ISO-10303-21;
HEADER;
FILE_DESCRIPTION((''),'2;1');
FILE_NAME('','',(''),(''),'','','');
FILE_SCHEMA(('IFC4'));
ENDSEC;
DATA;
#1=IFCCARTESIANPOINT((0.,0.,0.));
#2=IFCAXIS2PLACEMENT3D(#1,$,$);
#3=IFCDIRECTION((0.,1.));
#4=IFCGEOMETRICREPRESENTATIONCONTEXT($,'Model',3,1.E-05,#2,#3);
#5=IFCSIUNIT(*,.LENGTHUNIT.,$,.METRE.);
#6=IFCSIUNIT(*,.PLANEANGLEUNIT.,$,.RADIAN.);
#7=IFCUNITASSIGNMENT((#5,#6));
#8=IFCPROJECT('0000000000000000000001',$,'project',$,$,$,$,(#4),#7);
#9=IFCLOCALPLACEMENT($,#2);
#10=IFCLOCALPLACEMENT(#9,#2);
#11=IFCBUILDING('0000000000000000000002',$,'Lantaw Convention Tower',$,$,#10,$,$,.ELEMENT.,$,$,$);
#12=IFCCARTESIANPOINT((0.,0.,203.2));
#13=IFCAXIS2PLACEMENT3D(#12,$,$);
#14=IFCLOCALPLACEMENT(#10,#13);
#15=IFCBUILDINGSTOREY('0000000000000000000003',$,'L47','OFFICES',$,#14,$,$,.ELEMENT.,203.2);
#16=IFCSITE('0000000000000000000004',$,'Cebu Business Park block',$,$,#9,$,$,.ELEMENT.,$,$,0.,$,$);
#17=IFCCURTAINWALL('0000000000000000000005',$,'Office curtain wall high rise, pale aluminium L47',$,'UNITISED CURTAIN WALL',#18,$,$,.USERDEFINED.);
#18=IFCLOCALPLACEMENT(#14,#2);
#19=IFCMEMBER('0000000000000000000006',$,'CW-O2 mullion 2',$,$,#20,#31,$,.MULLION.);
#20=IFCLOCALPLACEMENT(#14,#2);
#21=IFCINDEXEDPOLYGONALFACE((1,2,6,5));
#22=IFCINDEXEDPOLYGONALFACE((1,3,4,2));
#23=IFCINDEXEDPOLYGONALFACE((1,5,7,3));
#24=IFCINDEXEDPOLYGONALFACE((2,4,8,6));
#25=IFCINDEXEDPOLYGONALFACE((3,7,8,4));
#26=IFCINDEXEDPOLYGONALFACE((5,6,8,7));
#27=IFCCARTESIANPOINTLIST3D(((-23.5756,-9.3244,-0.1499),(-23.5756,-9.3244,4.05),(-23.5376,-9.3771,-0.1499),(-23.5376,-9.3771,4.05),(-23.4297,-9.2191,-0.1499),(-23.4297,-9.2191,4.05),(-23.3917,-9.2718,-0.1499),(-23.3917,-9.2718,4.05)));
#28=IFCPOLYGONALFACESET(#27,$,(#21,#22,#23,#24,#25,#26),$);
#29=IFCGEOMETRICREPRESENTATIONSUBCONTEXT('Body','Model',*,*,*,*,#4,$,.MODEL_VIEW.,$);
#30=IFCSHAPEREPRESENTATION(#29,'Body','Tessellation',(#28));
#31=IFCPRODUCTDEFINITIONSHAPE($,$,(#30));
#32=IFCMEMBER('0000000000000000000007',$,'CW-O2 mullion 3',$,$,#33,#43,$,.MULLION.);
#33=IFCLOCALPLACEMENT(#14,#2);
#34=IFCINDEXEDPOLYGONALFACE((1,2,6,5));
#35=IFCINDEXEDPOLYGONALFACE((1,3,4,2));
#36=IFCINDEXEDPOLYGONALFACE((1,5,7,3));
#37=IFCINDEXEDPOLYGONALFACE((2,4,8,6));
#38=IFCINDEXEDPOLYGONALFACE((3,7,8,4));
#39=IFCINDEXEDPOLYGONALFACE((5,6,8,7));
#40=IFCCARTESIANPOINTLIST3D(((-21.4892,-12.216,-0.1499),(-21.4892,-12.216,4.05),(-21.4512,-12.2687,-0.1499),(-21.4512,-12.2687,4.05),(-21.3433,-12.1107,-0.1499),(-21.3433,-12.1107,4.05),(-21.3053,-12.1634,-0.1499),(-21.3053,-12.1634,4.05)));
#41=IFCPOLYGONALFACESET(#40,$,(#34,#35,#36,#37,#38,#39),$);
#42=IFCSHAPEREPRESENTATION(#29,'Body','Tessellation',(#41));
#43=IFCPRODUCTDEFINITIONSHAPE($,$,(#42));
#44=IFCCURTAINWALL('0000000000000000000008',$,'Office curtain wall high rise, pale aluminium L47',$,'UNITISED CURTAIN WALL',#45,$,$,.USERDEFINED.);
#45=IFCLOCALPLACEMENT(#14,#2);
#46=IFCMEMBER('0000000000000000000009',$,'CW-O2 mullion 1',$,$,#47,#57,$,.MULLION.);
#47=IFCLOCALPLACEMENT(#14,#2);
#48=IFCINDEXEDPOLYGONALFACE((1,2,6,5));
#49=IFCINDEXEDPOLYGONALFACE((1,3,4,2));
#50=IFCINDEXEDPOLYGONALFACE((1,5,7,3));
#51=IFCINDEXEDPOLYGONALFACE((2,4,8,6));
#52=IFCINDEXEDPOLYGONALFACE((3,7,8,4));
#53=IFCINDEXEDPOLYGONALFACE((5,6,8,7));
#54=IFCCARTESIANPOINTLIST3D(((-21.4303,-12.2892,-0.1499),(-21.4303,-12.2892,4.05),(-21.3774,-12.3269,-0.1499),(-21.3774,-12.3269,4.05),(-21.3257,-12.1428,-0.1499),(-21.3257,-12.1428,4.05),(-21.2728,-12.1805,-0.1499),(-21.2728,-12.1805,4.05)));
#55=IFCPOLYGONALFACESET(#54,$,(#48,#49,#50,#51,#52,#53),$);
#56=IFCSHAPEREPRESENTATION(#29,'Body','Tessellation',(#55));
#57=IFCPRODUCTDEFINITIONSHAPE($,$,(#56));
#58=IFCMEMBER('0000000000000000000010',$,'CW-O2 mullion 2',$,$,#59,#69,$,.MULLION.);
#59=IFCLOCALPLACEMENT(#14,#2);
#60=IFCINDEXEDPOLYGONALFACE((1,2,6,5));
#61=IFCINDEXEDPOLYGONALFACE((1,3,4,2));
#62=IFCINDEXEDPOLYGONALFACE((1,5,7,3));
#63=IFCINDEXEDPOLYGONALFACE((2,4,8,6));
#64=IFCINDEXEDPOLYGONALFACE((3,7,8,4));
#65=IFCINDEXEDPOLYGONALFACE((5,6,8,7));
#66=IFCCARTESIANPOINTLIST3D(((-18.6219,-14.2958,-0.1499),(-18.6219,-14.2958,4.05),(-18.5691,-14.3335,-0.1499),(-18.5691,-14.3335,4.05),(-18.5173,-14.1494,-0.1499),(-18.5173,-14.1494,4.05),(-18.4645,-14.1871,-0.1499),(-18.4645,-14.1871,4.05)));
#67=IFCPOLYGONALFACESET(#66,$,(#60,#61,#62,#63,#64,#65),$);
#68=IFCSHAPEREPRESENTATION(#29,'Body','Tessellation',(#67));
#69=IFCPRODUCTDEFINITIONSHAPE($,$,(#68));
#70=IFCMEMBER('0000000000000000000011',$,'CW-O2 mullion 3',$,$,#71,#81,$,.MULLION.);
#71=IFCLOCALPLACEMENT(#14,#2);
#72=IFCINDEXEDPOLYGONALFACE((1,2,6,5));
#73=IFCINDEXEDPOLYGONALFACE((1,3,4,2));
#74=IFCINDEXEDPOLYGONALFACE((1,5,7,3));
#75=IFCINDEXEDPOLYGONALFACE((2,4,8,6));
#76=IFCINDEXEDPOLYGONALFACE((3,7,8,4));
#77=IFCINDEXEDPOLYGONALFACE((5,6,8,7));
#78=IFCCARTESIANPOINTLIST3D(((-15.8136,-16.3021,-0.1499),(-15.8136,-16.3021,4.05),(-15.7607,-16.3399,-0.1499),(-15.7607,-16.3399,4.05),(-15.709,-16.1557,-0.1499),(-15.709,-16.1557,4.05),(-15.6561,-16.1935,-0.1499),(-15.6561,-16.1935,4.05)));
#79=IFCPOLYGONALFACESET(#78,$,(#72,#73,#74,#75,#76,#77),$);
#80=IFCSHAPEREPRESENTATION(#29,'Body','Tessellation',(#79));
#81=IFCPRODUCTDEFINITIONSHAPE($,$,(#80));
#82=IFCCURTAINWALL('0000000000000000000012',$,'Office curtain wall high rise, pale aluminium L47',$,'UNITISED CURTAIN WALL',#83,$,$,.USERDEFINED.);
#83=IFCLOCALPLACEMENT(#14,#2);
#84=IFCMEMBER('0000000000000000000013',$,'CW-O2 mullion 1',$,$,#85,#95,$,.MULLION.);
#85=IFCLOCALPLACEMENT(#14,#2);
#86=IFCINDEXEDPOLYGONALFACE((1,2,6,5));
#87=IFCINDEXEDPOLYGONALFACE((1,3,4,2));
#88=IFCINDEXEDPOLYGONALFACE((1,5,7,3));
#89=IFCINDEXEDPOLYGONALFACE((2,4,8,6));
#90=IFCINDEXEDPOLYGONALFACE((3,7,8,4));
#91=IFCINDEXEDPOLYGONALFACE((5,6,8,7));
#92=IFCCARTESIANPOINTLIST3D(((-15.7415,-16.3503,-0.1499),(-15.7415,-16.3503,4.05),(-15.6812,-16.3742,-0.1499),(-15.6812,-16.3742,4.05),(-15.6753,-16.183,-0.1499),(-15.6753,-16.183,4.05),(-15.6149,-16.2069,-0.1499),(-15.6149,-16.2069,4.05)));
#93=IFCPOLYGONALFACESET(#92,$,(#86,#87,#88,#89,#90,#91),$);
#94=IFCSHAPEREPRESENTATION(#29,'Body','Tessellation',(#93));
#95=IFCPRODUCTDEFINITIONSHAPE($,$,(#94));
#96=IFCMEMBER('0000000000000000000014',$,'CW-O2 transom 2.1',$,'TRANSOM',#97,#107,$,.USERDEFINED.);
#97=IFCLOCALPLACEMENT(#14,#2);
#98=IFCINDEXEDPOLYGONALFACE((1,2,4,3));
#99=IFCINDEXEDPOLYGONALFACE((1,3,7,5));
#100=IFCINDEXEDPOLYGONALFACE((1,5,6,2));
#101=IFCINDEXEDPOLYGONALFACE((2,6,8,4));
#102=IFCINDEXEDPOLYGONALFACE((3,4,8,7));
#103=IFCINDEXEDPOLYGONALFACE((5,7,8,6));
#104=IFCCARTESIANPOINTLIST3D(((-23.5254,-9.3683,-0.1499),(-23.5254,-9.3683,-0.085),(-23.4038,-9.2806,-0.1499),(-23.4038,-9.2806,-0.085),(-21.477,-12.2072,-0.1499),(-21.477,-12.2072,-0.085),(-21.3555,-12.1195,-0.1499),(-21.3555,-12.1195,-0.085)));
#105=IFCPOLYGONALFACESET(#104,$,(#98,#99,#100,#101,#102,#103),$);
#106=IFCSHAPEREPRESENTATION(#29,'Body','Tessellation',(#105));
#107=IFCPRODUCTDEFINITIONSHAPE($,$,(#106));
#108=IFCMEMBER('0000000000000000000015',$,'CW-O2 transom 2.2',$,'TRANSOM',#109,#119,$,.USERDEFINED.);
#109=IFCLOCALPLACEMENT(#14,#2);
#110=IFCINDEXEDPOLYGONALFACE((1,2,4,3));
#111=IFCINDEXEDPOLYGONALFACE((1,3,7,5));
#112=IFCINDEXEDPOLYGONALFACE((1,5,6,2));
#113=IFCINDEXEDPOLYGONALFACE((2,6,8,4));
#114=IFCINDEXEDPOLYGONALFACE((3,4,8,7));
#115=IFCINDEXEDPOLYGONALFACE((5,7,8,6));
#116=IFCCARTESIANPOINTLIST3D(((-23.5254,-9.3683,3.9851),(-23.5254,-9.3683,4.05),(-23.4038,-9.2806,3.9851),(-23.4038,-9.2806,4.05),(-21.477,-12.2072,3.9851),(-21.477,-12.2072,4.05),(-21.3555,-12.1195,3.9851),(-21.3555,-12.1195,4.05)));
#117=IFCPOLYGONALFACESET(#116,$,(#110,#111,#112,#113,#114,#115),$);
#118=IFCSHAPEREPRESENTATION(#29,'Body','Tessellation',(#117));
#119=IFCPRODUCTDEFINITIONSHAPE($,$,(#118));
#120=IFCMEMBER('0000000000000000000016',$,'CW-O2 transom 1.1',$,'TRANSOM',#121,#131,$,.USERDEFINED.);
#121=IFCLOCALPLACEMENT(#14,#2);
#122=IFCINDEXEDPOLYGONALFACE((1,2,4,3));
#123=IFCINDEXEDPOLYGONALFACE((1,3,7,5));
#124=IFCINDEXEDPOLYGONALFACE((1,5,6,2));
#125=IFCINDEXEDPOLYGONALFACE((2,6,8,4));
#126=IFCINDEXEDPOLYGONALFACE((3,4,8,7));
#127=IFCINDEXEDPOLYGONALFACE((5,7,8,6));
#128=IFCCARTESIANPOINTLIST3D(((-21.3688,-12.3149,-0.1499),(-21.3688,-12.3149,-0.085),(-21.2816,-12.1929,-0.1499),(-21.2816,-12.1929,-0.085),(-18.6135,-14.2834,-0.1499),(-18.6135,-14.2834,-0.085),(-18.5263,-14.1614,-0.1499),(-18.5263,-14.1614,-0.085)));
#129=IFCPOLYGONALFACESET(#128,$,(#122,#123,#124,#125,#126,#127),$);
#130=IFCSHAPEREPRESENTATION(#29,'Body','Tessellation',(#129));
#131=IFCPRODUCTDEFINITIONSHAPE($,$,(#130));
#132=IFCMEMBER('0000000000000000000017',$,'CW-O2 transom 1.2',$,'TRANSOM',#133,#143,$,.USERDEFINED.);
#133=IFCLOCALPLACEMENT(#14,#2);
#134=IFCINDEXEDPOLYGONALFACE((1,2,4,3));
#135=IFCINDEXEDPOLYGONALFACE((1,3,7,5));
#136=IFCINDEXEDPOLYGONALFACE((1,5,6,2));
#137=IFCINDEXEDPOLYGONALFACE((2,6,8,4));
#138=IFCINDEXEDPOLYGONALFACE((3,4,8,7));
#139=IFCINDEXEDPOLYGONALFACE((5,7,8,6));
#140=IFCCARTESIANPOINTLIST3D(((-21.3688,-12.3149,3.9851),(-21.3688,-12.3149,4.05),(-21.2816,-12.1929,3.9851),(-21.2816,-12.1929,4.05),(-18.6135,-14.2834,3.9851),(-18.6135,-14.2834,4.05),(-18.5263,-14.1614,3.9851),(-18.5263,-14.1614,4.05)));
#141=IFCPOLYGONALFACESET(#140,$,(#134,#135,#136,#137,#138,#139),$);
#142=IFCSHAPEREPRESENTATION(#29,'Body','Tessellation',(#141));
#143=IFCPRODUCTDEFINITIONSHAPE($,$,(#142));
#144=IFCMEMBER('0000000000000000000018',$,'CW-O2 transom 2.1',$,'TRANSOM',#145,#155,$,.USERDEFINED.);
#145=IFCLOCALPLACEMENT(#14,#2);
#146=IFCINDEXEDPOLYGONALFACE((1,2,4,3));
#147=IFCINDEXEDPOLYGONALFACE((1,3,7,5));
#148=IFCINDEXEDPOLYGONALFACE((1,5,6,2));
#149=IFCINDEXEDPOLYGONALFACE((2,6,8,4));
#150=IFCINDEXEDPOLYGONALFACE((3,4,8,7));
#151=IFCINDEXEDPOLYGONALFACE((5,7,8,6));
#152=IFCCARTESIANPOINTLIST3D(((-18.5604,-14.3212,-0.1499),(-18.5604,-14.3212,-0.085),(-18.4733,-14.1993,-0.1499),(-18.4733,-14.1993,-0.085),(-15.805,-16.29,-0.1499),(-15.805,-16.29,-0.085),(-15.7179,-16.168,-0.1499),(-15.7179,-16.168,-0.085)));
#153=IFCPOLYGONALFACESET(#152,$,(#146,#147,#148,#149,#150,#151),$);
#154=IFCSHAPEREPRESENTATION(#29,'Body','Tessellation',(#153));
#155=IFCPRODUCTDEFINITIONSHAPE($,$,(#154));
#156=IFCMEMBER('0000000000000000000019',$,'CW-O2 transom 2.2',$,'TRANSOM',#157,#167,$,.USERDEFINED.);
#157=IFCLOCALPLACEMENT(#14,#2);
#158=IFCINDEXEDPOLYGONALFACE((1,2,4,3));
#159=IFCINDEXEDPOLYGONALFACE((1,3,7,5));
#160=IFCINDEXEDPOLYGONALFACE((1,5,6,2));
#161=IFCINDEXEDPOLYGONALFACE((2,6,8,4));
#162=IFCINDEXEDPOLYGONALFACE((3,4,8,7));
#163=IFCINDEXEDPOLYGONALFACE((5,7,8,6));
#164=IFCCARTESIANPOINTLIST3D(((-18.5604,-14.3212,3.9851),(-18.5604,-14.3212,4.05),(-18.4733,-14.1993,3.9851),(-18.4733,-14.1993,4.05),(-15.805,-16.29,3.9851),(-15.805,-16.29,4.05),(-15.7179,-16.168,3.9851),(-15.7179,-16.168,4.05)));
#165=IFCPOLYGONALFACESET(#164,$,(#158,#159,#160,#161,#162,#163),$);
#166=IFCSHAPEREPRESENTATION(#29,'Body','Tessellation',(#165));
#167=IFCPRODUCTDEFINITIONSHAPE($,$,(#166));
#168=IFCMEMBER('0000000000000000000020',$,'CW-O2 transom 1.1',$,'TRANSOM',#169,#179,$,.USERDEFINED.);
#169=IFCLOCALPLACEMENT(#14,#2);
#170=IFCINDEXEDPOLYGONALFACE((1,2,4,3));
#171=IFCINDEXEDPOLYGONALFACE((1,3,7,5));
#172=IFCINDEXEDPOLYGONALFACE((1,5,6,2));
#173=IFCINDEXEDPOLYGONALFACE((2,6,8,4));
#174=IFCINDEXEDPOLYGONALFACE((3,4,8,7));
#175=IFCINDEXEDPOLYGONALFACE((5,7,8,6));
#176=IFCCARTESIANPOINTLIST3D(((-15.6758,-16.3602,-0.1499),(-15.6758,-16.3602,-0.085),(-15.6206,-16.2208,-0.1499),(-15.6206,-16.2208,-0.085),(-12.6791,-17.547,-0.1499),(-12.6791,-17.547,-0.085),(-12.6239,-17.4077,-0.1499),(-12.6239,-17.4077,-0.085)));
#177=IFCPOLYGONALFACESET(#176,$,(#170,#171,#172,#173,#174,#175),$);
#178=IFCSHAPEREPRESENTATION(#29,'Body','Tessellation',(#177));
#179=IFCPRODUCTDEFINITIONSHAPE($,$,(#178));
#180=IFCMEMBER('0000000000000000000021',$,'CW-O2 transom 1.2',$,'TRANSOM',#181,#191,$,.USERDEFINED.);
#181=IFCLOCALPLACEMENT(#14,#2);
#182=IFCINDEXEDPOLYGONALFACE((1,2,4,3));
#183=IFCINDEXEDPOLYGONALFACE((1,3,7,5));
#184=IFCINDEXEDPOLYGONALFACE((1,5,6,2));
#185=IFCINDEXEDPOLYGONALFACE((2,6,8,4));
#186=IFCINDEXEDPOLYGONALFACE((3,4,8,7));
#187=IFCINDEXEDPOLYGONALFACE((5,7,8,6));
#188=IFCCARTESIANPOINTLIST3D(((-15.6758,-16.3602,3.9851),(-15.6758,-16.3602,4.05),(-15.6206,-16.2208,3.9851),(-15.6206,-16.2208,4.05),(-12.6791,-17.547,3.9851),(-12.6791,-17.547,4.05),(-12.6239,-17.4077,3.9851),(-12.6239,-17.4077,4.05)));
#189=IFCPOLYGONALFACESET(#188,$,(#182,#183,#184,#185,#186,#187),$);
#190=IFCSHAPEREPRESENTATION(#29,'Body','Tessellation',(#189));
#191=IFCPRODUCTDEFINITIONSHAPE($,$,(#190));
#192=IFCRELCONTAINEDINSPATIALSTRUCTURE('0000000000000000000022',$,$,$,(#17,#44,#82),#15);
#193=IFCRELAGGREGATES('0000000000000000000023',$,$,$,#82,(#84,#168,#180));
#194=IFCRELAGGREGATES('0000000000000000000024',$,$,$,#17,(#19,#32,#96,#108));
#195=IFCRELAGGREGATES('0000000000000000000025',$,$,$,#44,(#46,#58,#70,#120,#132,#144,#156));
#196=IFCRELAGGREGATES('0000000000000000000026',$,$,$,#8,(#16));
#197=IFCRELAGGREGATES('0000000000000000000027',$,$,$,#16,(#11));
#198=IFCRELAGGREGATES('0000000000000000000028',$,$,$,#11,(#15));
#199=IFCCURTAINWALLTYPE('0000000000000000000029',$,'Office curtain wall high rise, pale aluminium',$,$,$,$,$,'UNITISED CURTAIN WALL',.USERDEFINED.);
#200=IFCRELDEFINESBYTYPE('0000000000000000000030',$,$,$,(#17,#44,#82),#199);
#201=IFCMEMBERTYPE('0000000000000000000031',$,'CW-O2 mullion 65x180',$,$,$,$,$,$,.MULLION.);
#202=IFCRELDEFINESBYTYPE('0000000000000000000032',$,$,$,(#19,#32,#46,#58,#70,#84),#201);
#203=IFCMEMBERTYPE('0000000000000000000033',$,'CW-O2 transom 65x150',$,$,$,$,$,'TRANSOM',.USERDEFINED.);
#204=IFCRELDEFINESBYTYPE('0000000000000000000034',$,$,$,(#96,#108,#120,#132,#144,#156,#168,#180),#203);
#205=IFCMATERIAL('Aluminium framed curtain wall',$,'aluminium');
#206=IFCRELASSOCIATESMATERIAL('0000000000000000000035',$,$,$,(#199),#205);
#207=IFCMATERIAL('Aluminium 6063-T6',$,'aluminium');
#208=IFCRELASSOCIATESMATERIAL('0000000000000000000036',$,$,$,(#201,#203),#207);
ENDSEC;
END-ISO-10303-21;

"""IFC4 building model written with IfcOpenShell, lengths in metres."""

from ifc_helpers import new_model, si_unit, direction, frame, origin, origin_2d, place, context, subcontext, project, spatial, rectangle, extrude, material, material_profile, profile_set, type_object, element, aggregate, save


model = new_model("IFC4")

# Units and contexts
model_context = context("Model", 3, precision=1e-05, world=origin(), true_north=direction((0.0, 1.0)))
body_context = subcontext(model_context, "Body", "Model", "MODEL_VIEW")
ifc_project = project(units=[si_unit("LENGTHUNIT", "METRE"), si_unit("PLANEANGLEUNIT", "RADIAN")], contexts=[model_context])

# Site, building, storey
site_placement = place(None, origin())
site = spatial("IfcSite", under=ifc_project, at=site_placement, Name="Cebu Business Park block", CompositionType="ELEMENT", RefElevation=0.0)
building_placement = place(site_placement, origin())
building = spatial("IfcBuilding", under=site, at=building_placement, Name="Lantaw Convention Tower", CompositionType="ELEMENT")
storey_placement = place(building_placement, frame((0.0, 0.0, 203.2)))
storey = spatial("IfcBuildingStorey", under=building, at=storey_placement, Name="L47", Description="OFFICES", CompositionType="ELEMENT", Elevation=203.2)

# Curtain walls, members
ifc_material_1 = material(Name="Aluminium framed curtain wall", Category="aluminium")
curtain_wall_type = type_object("IfcCurtainWallType", Name="Office curtain wall high rise, pale aluminium", ElementType="UNITISED CURTAIN WALL", PredefinedType="USERDEFINED", material=ifc_material_1)
curtain_wall_1_placement = place(storey_placement, origin())
curtain_wall_1 = element("IfcCurtainWall", 1, at=curtain_wall_1_placement, inside=storey, type_object=curtain_wall_type, Name="Office curtain wall high rise, pale aluminium L47", ObjectType="UNITISED CURTAIN WALL", PredefinedType="USERDEFINED")
ifc_material_2 = material(Name="Aluminium 6063-T6", Category="aluminium")
ifc_material_profile_1 = material_profile(ifc_material_2, rectangle(XDim=0.1799, YDim=0.0649, at=origin_2d()), Name="CW-O2 mullion 65x180")
ifc_profile_set_1 = profile_set([ifc_material_profile_1], Name="Aluminium 6063-T6")
member_type_1 = type_object("IfcMemberType", Name="CW-O2 mullion 65x180", PredefinedType="MULLION", material=ifc_profile_set_1)
member_1_placement = place(storey_placement, frame((-23.4836, -9.2981, -0.1499), z_axis=(0.0, 0.0, 1.0), x_axis=(0.81092, 0.585158, 0.0)))
member_1 = element("IfcMember", 2, at=member_1_placement, type_object=member_type_1, Name="CW-O2 mullion 2", PredefinedType="MULLION", context=body_context, shape_type="SweptSolid", body=[
    extrude(rectangle(XDim=0.1799, YDim=0.0649, at=origin_2d()), origin(), (0.0, 0.0, 1.0), 4.2),
])
member_2_placement = place(storey_placement, frame((-21.3972, -12.1897, -0.1499), z_axis=(0.0, 0.0, 1.0), x_axis=(0.81092, 0.585158, 0.0)))
member_2 = element("IfcMember", 3, at=member_2_placement, type_object=member_type_1, Name="CW-O2 mullion 3", PredefinedType="MULLION", context=body_context, shape_type="SweptSolid", body=[
    extrude(rectangle(XDim=0.1799, YDim=0.0649, at=origin_2d()), origin(), (0.0, 0.0, 1.0), 4.2),
])
curtain_wall_2_placement = place(storey_placement, origin())
curtain_wall_2 = element("IfcCurtainWall", 4, at=curtain_wall_2_placement, inside=storey, type_object=curtain_wall_type, Name="Office curtain wall high rise, pale aluminium L47", ObjectType="UNITISED CURTAIN WALL", PredefinedType="USERDEFINED")
member_3_placement = place(storey_placement, frame((-21.3516, -12.2349, -0.1499), z_axis=(0.0, 0.0, 1.0), x_axis=(0.581323, 0.813673, 0.0)))
member_3 = element("IfcMember", 5, at=member_3_placement, type_object=member_type_1, Name="CW-O2 mullion 1", PredefinedType="MULLION", context=body_context, shape_type="SweptSolid", body=[
    extrude(rectangle(XDim=0.1799, YDim=0.0649, at=origin_2d()), origin(), (0.0, 0.0, 1.0), 4.2),
])
member_4_placement = place(storey_placement, frame((-18.5432, -14.2415, -0.1499), z_axis=(0.0, 0.0, 1.0), x_axis=(0.581323, 0.813673, 0.0)))
member_4 = element("IfcMember", 6, at=member_4_placement, type_object=member_type_1, Name="CW-O2 mullion 2", PredefinedType="MULLION", context=body_context, shape_type="SweptSolid", body=[
    extrude(rectangle(XDim=0.1799, YDim=0.0649, at=origin_2d()), origin(), (0.0, 0.0, 1.0), 4.2),
])
member_5_placement = place(storey_placement, frame((-15.7349, -16.2478, -0.1499), z_axis=(0.0, 0.0, 1.0), x_axis=(0.581323, 0.813673, 0.0)))
member_5 = element("IfcMember", 7, at=member_5_placement, type_object=member_type_1, Name="CW-O2 mullion 3", PredefinedType="MULLION", context=body_context, shape_type="SweptSolid", body=[
    extrude(rectangle(XDim=0.1799, YDim=0.0649, at=origin_2d()), origin(), (0.0, 0.0, 1.0), 4.2),
])

# Curtain wall, member
curtain_wall_3_placement = place(storey_placement, origin())
curtain_wall_3 = element("IfcCurtainWall", 8, at=curtain_wall_3_placement, inside=storey, type_object=curtain_wall_type, Name="Office curtain wall high rise, pale aluminium L47", ObjectType="UNITISED CURTAIN WALL", PredefinedType="USERDEFINED")
member_6_placement = place(storey_placement, frame((-15.6782, -16.2786, -0.1499), z_axis=(0.0, 0.0, 1.0), x_axis=(0.368162, 0.929762, 0.0)))
member_6 = element("IfcMember", 9, at=member_6_placement, type_object=member_type_1, Name="CW-O2 mullion 1", PredefinedType="MULLION", context=body_context, shape_type="SweptSolid", body=[
    extrude(rectangle(XDim=0.1799, YDim=0.0649, at=origin_2d()), origin(), (0.0, 0.0, 1.0), 4.2),
])

# Members
ifc_material_profile_2 = material_profile(ifc_material_2, rectangle(XDim=0.1499, YDim=0.0649, at=origin_2d()), Name="CW-O2 transom 65x150")
ifc_profile_set_2 = profile_set([ifc_material_profile_2], Name="Aluminium 6063-T6")
member_type_2 = type_object("IfcMemberType", Name="CW-O2 transom 65x150", ElementType="TRANSOM", PredefinedType="USERDEFINED", material=ifc_profile_set_2)
member_7_placement = place(storey_placement, frame((-23.4646, -9.3245, -0.1174), z_axis=(0.585124, -0.810944, 0.0), x_axis=(0.810944, 0.585124, 0.0)))
member_7 = element("IfcMember", 10, at=member_7_placement, type_object=member_type_2, Name="CW-O2 transom 2.1", ObjectType="TRANSOM", PredefinedType="USERDEFINED", context=body_context, shape_type="SweptSolid", body=[
    extrude(rectangle(XDim=0.1499, YDim=0.0649, at=origin_2d()), origin(), (0.0, 0.0, 1.0), 3.5007),
])
member_8_placement = place(storey_placement, frame((-23.4646, -9.3245, 4.0176), z_axis=(0.585124, -0.810944, 0.0), x_axis=(0.810944, 0.585124, 0.0)))
member_8 = element("IfcMember", 11, at=member_8_placement, type_object=member_type_2, Name="CW-O2 transom 2.2", ObjectType="TRANSOM", PredefinedType="USERDEFINED", context=body_context, shape_type="SweptSolid", body=[
    extrude(rectangle(XDim=0.1499, YDim=0.0649, at=origin_2d()), origin(), (0.0, 0.0, 1.0), 3.5007),
])
member_9_placement = place(storey_placement, frame((-21.3252, -12.2539, -0.1174), z_axis=(0.81368, -0.581313, 0.0), x_axis=(0.581313, 0.81368, 0.0)))
member_9 = element("IfcMember", 12, at=member_9_placement, type_object=member_type_2, Name="CW-O2 transom 1.1", ObjectType="TRANSOM", PredefinedType="USERDEFINED", context=body_context, shape_type="SweptSolid", body=[
    extrude(rectangle(XDim=0.1499, YDim=0.0649, at=origin_2d()), origin(), (0.0, 0.0, 1.0), 3.3862),
])
member_10_placement = place(storey_placement, frame((-21.3252, -12.2539, 4.0176), z_axis=(0.81368, -0.581313, 0.0), x_axis=(0.581313, 0.81368, 0.0)))
member_10 = element("IfcMember", 13, at=member_10_placement, type_object=member_type_2, Name="CW-O2 transom 1.2", ObjectType="TRANSOM", PredefinedType="USERDEFINED", context=body_context, shape_type="SweptSolid", body=[
    extrude(rectangle(XDim=0.1499, YDim=0.0649, at=origin_2d()), origin(), (0.0, 0.0, 1.0), 3.3862),
])
member_11_placement = place(storey_placement, frame((-18.5168, -14.2603, -0.1174), z_axis=(0.813646, -0.581361, 0.0), x_axis=(0.581361, 0.813646, 0.0)))
member_11 = element("IfcMember", 14, at=member_11_placement, type_object=member_type_2, Name="CW-O2 transom 2.1", ObjectType="TRANSOM", PredefinedType="USERDEFINED", context=body_context, shape_type="SweptSolid", body=[
    extrude(rectangle(XDim=0.1499, YDim=0.0649, at=origin_2d()), origin(), (0.0, 0.0, 1.0), 3.3865),
])
member_12_placement = place(storey_placement, frame((-18.5168, -14.2603, 4.0176), z_axis=(0.813646, -0.581361, 0.0), x_axis=(0.581361, 0.813646, 0.0)))
member_12 = element("IfcMember", 15, at=member_12_placement, type_object=member_type_2, Name="CW-O2 transom 2.2", ObjectType="TRANSOM", PredefinedType="USERDEFINED", context=body_context, shape_type="SweptSolid", body=[
    extrude(rectangle(XDim=0.1499, YDim=0.0649, at=origin_2d()), origin(), (0.0, 0.0, 1.0), 3.3865),
])
member_13_placement = place(storey_placement, frame((-15.6482, -16.2905, -0.1174), z_axis=(0.929741, -0.368215, 0.0), x_axis=(0.368215, 0.929741, 0.0)))
member_13 = element("IfcMember", 16, at=member_13_placement, type_object=member_type_2, Name="CW-O2 transom 1.1", ObjectType="TRANSOM", PredefinedType="USERDEFINED", context=body_context, shape_type="SweptSolid", body=[
    extrude(rectangle(XDim=0.1499, YDim=0.0649, at=origin_2d()), origin(), (0.0, 0.0, 1.0), 3.2231),
])
member_14_placement = place(storey_placement, frame((-15.6482, -16.2905, 4.0176), z_axis=(0.929741, -0.368215, 0.0), x_axis=(0.368215, 0.929741, 0.0)))
member_14 = element("IfcMember", 17, at=member_14_placement, type_object=member_type_2, Name="CW-O2 transom 1.2", ObjectType="TRANSOM", PredefinedType="USERDEFINED", context=body_context, shape_type="SweptSolid", body=[
    extrude(rectangle(XDim=0.1499, YDim=0.0649, at=origin_2d()), origin(), (0.0, 0.0, 1.0), 3.2231),
])
aggregate(curtain_wall_3, [member_6, member_13, member_14])

aggregate(curtain_wall_1, [member_1, member_2, member_7, member_8])
aggregate(curtain_wall_2, [member_3, member_4, member_5, member_9, member_10, member_11, member_12])

save(model, "model.ifc")
